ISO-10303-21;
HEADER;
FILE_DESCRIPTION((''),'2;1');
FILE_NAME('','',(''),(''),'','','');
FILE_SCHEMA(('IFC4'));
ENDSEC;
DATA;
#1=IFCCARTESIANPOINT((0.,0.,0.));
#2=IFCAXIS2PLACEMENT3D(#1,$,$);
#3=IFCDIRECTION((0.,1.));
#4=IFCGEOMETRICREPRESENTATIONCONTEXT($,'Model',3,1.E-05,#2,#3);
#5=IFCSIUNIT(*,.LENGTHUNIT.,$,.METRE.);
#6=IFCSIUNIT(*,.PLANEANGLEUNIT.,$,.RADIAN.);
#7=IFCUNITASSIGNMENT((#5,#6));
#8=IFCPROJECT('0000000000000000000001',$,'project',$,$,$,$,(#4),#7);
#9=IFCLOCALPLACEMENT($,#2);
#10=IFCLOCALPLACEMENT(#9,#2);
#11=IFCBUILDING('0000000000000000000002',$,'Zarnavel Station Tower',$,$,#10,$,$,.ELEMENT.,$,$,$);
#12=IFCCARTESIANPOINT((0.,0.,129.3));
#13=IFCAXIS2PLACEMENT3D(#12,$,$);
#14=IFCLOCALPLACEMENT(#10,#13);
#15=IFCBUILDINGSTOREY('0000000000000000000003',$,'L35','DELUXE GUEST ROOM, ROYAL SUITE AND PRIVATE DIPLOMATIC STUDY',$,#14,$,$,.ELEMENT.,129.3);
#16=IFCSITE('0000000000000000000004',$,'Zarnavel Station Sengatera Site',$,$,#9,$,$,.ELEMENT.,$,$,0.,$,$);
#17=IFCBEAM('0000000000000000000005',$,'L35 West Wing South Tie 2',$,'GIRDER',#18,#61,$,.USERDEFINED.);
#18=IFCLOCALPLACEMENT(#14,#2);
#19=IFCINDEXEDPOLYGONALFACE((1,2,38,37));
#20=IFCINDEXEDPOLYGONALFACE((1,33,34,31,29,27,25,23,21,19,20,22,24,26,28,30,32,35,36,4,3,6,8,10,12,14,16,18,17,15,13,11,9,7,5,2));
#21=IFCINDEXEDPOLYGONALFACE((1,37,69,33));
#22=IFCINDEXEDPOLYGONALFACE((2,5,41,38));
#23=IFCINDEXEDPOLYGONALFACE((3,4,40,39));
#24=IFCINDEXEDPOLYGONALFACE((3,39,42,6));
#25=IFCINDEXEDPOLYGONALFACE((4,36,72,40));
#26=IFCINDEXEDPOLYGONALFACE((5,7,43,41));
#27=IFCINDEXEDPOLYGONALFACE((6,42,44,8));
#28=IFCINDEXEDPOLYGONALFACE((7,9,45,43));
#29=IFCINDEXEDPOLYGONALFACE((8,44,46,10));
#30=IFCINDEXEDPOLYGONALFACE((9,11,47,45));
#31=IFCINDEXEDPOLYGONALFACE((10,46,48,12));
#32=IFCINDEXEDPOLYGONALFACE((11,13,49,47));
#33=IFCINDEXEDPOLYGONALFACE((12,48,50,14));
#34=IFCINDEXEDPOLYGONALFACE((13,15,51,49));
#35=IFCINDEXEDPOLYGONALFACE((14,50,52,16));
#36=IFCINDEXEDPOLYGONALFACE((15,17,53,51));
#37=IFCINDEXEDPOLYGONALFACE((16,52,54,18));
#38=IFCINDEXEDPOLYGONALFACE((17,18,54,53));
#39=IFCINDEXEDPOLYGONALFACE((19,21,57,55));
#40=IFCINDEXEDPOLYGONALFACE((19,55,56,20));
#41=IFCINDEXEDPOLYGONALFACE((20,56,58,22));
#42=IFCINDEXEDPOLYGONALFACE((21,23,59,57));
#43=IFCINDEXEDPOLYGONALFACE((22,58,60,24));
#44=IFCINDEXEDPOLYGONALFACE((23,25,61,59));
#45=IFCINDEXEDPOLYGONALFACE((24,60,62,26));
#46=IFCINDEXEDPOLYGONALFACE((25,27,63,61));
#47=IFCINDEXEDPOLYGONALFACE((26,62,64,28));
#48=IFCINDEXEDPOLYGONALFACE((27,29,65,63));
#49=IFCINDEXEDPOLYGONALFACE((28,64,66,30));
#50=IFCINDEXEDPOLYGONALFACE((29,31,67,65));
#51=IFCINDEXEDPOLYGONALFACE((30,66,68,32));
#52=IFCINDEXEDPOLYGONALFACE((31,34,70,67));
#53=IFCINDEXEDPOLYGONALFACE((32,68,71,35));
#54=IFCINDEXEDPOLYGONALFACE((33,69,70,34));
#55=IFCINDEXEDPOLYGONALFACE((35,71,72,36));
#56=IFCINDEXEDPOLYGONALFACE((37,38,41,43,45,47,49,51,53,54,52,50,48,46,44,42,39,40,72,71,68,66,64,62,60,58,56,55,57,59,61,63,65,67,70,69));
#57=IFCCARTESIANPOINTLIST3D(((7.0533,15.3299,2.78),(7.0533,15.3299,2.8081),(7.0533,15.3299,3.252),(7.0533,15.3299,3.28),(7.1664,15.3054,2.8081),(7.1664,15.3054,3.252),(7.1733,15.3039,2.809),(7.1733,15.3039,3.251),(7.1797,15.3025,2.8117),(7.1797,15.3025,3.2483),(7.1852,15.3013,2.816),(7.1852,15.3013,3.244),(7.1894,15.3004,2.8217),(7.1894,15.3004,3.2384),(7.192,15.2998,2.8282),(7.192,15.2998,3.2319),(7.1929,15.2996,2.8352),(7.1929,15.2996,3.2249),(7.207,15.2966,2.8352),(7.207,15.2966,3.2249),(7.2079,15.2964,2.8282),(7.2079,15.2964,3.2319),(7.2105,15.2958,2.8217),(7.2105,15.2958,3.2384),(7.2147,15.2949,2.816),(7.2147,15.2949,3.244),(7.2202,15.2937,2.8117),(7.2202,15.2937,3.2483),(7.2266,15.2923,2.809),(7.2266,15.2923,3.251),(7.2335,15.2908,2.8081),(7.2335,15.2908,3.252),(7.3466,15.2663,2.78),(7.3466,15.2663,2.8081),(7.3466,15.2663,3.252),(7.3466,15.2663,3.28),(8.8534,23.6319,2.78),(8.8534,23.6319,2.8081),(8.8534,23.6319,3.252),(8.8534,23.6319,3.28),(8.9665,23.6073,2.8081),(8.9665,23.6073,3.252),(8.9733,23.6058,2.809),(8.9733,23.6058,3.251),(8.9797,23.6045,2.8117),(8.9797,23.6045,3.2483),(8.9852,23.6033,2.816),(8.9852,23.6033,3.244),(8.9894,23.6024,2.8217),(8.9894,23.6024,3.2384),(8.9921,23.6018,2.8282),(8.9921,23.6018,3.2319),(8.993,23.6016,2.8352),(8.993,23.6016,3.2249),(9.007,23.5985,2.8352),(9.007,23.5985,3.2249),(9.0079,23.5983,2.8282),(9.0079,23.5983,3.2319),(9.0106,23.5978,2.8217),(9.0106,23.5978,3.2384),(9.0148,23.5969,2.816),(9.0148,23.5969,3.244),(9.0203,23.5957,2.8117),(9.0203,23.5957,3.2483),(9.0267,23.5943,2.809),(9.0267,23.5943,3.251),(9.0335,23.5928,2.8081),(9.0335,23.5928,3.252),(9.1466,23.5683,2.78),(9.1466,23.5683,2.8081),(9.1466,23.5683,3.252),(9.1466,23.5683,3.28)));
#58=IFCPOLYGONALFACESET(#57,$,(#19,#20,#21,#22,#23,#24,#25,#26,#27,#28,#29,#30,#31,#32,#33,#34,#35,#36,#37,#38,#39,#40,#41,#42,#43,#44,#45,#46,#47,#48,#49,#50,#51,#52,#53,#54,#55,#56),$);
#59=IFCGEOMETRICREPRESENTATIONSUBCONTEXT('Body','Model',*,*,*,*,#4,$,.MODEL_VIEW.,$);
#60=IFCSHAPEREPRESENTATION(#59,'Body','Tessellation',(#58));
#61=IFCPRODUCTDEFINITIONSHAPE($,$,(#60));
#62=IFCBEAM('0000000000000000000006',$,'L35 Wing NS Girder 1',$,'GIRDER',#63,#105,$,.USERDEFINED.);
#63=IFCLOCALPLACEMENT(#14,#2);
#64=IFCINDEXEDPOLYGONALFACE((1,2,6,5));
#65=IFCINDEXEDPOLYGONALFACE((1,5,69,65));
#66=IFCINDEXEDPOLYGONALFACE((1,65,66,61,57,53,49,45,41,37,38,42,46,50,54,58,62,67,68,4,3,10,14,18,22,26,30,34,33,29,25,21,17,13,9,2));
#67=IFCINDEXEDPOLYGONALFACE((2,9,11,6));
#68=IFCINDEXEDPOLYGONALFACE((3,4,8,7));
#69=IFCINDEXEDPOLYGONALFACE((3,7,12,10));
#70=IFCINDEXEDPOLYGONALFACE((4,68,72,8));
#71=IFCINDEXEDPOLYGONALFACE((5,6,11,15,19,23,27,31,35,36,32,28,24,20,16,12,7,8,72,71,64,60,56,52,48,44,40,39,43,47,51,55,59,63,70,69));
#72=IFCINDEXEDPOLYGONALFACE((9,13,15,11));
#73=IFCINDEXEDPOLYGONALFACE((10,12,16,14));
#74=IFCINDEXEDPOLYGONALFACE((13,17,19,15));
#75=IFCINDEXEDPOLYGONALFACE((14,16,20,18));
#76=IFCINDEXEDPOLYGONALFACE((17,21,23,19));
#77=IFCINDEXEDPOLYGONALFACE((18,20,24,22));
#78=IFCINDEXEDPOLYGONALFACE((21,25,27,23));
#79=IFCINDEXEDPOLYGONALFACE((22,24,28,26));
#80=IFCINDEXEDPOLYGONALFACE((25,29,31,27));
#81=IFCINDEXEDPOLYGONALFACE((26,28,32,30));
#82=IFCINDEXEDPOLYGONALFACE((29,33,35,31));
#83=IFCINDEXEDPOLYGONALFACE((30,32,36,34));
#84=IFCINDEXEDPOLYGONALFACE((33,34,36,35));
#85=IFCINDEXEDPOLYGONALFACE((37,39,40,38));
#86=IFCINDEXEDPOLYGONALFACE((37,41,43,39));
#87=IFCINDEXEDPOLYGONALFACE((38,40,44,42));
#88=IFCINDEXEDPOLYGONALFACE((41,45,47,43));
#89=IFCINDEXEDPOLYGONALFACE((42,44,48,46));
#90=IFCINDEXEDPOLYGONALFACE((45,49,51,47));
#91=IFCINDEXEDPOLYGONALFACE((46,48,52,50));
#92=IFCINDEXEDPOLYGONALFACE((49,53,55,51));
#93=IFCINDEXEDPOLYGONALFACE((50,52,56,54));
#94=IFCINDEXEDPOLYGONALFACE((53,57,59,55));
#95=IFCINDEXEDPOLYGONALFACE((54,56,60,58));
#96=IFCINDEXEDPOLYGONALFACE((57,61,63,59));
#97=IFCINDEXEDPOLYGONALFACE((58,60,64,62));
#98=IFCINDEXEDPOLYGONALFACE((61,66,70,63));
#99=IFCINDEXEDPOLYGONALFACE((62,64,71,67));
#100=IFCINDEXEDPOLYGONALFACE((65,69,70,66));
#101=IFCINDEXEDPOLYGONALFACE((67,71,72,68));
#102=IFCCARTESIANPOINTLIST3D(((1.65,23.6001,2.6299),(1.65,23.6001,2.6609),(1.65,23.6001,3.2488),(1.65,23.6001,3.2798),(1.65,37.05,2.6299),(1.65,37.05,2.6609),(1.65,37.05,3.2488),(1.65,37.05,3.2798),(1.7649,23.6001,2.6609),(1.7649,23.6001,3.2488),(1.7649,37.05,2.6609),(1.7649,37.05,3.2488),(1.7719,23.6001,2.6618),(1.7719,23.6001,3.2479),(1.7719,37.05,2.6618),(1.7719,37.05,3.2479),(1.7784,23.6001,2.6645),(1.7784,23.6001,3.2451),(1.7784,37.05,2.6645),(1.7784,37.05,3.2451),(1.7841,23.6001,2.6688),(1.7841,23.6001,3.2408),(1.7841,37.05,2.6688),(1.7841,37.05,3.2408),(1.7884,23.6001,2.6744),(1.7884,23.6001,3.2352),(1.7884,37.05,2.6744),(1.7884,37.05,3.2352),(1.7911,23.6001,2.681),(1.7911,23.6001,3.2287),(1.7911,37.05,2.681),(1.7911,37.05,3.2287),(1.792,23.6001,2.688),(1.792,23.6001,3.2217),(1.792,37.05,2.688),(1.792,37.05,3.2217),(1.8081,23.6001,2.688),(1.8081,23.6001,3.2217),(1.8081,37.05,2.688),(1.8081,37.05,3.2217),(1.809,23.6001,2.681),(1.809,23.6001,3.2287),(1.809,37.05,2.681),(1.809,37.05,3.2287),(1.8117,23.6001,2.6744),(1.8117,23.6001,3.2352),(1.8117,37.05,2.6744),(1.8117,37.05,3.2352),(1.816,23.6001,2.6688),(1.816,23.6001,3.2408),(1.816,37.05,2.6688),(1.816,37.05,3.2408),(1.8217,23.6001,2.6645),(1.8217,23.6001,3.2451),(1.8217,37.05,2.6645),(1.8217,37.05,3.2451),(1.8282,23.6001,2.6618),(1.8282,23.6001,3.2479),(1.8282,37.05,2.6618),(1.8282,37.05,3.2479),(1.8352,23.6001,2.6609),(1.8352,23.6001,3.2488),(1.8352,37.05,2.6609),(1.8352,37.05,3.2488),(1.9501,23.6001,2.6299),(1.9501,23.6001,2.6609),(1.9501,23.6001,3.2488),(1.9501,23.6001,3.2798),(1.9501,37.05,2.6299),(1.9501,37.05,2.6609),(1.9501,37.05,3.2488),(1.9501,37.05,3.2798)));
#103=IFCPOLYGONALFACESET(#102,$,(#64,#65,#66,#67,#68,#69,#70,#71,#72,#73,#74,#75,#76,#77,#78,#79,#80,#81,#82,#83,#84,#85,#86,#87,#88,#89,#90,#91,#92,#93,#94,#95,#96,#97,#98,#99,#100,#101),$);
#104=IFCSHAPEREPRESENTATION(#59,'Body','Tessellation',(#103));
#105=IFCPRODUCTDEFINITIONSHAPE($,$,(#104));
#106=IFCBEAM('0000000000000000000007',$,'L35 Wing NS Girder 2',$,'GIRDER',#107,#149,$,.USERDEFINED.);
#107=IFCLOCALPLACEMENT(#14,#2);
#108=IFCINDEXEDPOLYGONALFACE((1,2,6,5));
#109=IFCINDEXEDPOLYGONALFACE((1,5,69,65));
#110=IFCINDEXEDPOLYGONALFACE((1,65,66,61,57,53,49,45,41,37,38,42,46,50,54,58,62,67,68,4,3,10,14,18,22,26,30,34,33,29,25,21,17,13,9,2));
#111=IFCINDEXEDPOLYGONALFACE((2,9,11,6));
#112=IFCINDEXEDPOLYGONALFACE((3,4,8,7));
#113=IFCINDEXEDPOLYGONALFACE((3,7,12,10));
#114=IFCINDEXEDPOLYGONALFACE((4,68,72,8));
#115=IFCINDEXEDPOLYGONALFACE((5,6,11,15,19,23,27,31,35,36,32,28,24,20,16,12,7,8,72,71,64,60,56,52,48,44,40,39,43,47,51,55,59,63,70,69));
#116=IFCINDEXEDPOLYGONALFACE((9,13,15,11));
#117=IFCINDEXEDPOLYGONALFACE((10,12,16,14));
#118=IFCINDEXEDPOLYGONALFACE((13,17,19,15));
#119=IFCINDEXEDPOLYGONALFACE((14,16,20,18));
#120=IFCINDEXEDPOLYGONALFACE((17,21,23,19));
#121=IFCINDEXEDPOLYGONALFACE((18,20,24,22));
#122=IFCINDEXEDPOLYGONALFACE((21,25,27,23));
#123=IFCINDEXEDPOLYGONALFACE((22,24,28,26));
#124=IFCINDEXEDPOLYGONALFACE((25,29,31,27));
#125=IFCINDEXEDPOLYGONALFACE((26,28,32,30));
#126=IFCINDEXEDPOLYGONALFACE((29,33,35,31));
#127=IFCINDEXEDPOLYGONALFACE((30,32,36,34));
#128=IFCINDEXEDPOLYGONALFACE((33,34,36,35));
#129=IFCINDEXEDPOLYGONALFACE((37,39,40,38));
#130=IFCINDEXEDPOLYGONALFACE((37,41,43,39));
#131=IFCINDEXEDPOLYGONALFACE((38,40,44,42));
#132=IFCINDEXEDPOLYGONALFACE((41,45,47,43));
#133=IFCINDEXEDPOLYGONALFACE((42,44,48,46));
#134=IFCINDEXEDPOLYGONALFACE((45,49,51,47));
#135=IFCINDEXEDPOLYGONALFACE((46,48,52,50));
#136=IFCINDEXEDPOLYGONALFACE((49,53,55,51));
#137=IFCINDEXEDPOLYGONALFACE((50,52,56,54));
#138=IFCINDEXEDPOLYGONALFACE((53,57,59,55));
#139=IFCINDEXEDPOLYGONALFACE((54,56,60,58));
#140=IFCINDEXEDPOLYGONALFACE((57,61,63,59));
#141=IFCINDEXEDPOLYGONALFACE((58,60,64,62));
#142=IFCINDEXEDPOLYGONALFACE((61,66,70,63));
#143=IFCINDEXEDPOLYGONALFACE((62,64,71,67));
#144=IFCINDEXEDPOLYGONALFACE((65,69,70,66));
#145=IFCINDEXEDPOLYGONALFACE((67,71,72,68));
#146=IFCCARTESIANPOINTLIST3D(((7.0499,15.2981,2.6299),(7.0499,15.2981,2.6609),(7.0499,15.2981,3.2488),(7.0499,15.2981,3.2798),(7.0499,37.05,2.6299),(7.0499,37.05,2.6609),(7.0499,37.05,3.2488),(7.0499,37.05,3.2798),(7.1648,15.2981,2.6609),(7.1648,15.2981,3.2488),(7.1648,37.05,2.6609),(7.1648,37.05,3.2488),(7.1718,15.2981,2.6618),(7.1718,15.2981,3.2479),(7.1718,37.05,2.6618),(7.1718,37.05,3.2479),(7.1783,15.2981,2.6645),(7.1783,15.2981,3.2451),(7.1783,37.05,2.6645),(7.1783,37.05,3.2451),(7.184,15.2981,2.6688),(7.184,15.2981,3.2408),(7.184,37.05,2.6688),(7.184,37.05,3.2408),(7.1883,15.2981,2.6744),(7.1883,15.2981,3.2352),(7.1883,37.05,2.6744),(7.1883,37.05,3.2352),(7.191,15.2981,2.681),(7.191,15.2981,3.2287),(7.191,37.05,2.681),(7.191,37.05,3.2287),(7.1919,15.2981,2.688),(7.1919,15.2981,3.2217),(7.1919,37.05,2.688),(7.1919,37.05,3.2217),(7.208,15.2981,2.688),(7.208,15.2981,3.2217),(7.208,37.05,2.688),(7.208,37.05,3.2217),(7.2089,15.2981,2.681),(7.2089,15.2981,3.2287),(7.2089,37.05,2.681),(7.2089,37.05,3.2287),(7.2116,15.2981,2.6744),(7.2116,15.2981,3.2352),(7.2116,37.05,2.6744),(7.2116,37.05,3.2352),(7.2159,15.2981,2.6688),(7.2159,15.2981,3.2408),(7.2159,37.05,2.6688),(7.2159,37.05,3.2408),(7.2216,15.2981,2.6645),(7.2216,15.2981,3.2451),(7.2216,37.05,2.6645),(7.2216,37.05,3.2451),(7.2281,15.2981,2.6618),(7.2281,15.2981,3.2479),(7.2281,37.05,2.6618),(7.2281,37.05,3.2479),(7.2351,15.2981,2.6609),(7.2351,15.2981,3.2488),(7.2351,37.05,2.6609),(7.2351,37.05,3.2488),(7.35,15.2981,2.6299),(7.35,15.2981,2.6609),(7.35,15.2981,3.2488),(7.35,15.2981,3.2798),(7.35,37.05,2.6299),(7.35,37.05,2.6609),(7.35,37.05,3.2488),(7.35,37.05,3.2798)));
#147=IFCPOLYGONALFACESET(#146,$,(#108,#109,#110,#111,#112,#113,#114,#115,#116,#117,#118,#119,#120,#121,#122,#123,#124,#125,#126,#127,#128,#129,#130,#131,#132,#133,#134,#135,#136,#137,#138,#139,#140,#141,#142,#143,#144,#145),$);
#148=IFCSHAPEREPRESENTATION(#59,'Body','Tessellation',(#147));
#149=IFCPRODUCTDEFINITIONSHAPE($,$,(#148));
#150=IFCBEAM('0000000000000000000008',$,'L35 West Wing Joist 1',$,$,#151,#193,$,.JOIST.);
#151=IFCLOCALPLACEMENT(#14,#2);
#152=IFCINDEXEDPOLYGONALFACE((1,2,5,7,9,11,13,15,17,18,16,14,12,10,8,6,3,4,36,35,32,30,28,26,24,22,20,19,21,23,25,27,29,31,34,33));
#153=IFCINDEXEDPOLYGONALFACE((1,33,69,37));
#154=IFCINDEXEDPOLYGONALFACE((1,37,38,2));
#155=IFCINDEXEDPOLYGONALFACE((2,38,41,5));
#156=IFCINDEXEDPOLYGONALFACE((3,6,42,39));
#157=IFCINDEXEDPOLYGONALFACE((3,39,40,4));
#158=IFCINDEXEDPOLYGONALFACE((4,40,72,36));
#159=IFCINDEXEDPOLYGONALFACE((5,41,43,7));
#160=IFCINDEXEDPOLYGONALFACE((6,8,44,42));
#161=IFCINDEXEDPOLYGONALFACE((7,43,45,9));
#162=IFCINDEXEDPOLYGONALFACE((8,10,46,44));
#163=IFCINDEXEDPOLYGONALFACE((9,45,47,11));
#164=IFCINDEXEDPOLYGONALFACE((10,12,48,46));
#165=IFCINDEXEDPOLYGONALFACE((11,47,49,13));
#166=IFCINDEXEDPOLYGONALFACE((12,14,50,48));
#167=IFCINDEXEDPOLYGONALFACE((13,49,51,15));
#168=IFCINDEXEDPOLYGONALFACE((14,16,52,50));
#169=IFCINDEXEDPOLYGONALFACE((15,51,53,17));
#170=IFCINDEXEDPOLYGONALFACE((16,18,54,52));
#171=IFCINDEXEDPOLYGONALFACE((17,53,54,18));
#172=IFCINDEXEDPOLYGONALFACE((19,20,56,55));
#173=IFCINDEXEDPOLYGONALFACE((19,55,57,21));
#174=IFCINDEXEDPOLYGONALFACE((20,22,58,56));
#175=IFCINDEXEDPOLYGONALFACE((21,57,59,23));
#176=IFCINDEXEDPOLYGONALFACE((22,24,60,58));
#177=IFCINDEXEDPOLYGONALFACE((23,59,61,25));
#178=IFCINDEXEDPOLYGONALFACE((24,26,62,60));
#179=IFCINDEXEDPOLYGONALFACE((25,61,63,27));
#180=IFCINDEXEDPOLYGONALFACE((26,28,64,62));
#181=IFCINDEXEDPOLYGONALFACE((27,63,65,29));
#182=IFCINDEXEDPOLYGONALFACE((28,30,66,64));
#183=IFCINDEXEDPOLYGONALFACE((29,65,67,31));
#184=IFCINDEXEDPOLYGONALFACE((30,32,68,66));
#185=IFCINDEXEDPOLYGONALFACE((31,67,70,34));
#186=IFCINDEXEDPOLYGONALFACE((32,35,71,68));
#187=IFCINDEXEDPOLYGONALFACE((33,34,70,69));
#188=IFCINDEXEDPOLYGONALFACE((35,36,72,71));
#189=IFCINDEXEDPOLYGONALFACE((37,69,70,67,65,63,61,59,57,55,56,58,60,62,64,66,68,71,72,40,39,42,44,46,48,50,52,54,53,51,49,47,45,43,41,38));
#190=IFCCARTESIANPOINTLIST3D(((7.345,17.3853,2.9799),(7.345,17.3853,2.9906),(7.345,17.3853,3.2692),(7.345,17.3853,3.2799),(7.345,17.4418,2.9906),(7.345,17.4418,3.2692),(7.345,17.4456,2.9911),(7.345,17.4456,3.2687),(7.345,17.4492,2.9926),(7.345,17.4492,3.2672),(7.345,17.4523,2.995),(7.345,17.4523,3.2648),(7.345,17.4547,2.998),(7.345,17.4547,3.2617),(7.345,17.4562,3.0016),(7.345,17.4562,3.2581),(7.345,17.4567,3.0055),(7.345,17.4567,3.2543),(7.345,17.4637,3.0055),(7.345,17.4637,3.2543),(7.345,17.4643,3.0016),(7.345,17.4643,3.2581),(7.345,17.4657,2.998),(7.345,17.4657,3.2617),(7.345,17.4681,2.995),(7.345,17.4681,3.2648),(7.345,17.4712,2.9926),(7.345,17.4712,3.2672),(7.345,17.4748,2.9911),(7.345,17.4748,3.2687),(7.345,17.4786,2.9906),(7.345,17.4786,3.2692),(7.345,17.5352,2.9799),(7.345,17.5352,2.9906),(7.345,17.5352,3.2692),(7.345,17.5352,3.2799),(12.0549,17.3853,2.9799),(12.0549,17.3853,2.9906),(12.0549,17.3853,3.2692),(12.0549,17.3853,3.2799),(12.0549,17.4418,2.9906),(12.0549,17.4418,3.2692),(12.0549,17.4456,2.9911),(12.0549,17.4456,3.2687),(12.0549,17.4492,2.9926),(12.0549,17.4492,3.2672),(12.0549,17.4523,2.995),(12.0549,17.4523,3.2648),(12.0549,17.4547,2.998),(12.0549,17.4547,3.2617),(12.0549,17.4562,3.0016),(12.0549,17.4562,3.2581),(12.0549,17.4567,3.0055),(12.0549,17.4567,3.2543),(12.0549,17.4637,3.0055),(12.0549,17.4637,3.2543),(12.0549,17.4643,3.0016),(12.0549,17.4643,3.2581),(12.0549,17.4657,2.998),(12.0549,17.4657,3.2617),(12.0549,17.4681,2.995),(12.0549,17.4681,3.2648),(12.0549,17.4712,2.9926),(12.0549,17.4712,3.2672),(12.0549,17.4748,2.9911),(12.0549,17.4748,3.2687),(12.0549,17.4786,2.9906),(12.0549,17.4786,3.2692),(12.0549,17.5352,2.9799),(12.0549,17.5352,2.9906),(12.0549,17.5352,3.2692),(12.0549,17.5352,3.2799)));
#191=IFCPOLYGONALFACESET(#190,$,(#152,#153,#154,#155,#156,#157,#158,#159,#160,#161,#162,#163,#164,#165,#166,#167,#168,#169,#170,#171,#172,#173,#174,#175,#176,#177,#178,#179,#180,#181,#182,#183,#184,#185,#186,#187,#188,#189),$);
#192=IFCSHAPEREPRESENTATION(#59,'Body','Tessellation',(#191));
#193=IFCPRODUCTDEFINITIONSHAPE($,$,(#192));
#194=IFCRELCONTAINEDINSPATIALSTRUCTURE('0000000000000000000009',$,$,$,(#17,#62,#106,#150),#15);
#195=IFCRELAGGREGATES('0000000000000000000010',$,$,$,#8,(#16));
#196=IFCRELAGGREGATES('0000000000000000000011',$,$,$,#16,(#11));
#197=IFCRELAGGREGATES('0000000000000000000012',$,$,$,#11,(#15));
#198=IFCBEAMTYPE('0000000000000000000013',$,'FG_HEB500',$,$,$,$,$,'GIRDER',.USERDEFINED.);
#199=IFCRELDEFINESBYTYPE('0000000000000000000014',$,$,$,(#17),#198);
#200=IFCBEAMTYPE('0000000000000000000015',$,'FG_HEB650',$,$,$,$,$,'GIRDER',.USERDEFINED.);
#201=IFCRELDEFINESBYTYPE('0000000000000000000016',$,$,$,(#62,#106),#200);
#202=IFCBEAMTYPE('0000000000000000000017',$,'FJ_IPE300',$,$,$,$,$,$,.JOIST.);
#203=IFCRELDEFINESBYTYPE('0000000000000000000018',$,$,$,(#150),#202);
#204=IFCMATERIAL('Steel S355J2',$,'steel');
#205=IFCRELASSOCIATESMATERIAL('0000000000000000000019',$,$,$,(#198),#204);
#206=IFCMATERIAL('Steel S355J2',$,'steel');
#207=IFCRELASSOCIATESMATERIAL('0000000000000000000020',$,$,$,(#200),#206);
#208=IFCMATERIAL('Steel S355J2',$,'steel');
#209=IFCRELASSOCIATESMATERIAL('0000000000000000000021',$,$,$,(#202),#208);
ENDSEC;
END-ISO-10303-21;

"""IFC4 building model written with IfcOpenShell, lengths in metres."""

from ifc_helpers import new_model, si_unit, direction, frame, origin, origin_2d, place, context, subcontext, project, spatial, i_section, extrude, material, material_profile, profile_set, type_object, element, save


model = new_model("IFC4")

# Units and contexts
model_context = context("Model", 3, precision=1e-05, world=origin(), true_north=direction((0.0, 1.0)))
body_context = subcontext(model_context, "Body", "Model", "MODEL_VIEW")
ifc_project = project(units=[si_unit("LENGTHUNIT", "METRE"), si_unit("PLANEANGLEUNIT", "RADIAN")], contexts=[model_context])

# Site, building, storey
site_placement = place(None, origin())
site = spatial("IfcSite", under=ifc_project, at=site_placement, Name="Zarnavel Station Sengatera Site", CompositionType="ELEMENT", RefElevation=0.0)
building_placement = place(site_placement, origin())
building = spatial("IfcBuilding", under=site, at=building_placement, Name="Zarnavel Station Tower", CompositionType="ELEMENT")
storey_placement = place(building_placement, frame((0.0, 0.0, 129.3)))
storey = spatial("IfcBuildingStorey", under=building, at=storey_placement, Name="L35", Description="DELUXE GUEST ROOM, ROYAL SUITE AND PRIVATE DIPLOMATIC STUDY", CompositionType="ELEMENT", Elevation=129.3)

# Beams
ifc_material_1 = material(Name="Steel S355J2", Category="steel")
ifc_material_profile_1 = material_profile(ifc_material_1, i_section(OverallWidth=0.3, OverallDepth=0.5, WebThickness=0.0144, FlangeThickness=0.0281, FilletRadius=0.0271, at=origin_2d()), Name="HEB500")
ifc_profile_set_1 = profile_set([ifc_material_profile_1], Name="Steel S355J2")
beam_type_1 = type_object("IfcBeamType", Name="FG_HEB500", ElementType="GIRDER", PredefinedType="USERDEFINED", material=ifc_profile_set_1)
beam_1_placement = place(storey_placement, frame((7.2, 15.2981, 3.03), z_axis=(0.211897, 0.977292, 0.0), x_axis=(-0.977292, 0.211897, 0.0)))
element("IfcBeam", 1, at=beam_1_placement, inside=storey, type_object=beam_type_1, Name="L35 West Wing South Tie 2", ObjectType="GIRDER", PredefinedType="USERDEFINED", context=body_context, shape_type="SweptSolid", body=[
    extrude(i_section(OverallWidth=0.3, OverallDepth=0.5, WebThickness=0.0144, FlangeThickness=0.0281, FilletRadius=0.0271, at=origin_2d()), origin(), (0.0, 0.0, 1.0), 8.4949),
])
ifc_material_2 = material(Name="Steel S355J2", Category="steel")
ifc_material_profile_2 = material_profile(ifc_material_2, i_section(OverallWidth=0.3, OverallDepth=0.6499, WebThickness=0.0161, FlangeThickness=0.031, FilletRadius=0.0271, at=origin_2d()), Name="HEB650")
ifc_profile_set_2 = profile_set([ifc_material_profile_2], Name="Steel S355J2")
beam_type_2 = type_object("IfcBeamType", Name="FG_HEB650", ElementType="GIRDER", PredefinedType="USERDEFINED", material=ifc_profile_set_2)
beam_2_placement = place(storey_placement, frame((1.8, 23.6001, 2.9548), z_axis=(0.0, 1.0, 0.0), x_axis=(-1.0, 0.0, 0.0)))
element("IfcBeam", 2, at=beam_2_placement, inside=storey, type_object=beam_type_2, Name="L35 Wing NS Girder 1", ObjectType="GIRDER", PredefinedType="USERDEFINED", context=body_context, shape_type="SweptSolid", body=[
    extrude(i_section(OverallWidth=0.3, OverallDepth=0.6499, WebThickness=0.0161, FlangeThickness=0.031, FilletRadius=0.0271, at=origin_2d()), origin(), (0.0, 0.0, 1.0), 13.45),
])
beam_3_placement = place(storey_placement, frame((7.2, 15.2981, 2.9548), z_axis=(0.0, 1.0, 0.0), x_axis=(-1.0, 0.0, 0.0)))
element("IfcBeam", 3, at=beam_3_placement, inside=storey, type_object=beam_type_2, Name="L35 Wing NS Girder 2", ObjectType="GIRDER", PredefinedType="USERDEFINED", context=body_context, shape_type="SweptSolid", body=[
    extrude(i_section(OverallWidth=0.3, OverallDepth=0.6499, WebThickness=0.0161, FlangeThickness=0.031, FilletRadius=0.0271, at=origin_2d()), origin(), (0.0, 0.0, 1.0), 21.752),
])
ifc_material_3 = material(Name="Steel S355J2", Category="steel")
ifc_material_profile_3 = material_profile(ifc_material_3, i_section(OverallWidth=0.1499, OverallDepth=0.3, WebThickness=0.0071, FlangeThickness=0.0107, FilletRadius=0.0149, at=origin_2d()), Name="IPE300")
ifc_profile_set_3 = profile_set([ifc_material_profile_3], Name="Steel S355J2")
beam_type_3 = type_object("IfcBeamType", Name="FJ_IPE300", PredefinedType="JOIST", material=ifc_profile_set_3)
for number, where, z_axis, x_axis, name in (
    (4, (7.345, 17.4602, 3.1299), (1.0, 0.0, 0.0), (0.0, 1.0, 0.0), "L35 West Wing Joist 1"),
):
    element("IfcBeam", number, at=place(storey_placement, frame(where, z_axis=z_axis, x_axis=x_axis)), inside=storey, type_object=beam_type_3, Name=name, PredefinedType="JOIST", context=body_context, shape_type="SweptSolid", body=[
        extrude(i_section(OverallWidth=0.1499, OverallDepth=0.3, WebThickness=0.0071, FlangeThickness=0.0107, FilletRadius=0.0149, at=origin_2d()), origin(), (0.0, 0.0, 1.0), 4.71),
    ])

save(model, "model.ifc")
